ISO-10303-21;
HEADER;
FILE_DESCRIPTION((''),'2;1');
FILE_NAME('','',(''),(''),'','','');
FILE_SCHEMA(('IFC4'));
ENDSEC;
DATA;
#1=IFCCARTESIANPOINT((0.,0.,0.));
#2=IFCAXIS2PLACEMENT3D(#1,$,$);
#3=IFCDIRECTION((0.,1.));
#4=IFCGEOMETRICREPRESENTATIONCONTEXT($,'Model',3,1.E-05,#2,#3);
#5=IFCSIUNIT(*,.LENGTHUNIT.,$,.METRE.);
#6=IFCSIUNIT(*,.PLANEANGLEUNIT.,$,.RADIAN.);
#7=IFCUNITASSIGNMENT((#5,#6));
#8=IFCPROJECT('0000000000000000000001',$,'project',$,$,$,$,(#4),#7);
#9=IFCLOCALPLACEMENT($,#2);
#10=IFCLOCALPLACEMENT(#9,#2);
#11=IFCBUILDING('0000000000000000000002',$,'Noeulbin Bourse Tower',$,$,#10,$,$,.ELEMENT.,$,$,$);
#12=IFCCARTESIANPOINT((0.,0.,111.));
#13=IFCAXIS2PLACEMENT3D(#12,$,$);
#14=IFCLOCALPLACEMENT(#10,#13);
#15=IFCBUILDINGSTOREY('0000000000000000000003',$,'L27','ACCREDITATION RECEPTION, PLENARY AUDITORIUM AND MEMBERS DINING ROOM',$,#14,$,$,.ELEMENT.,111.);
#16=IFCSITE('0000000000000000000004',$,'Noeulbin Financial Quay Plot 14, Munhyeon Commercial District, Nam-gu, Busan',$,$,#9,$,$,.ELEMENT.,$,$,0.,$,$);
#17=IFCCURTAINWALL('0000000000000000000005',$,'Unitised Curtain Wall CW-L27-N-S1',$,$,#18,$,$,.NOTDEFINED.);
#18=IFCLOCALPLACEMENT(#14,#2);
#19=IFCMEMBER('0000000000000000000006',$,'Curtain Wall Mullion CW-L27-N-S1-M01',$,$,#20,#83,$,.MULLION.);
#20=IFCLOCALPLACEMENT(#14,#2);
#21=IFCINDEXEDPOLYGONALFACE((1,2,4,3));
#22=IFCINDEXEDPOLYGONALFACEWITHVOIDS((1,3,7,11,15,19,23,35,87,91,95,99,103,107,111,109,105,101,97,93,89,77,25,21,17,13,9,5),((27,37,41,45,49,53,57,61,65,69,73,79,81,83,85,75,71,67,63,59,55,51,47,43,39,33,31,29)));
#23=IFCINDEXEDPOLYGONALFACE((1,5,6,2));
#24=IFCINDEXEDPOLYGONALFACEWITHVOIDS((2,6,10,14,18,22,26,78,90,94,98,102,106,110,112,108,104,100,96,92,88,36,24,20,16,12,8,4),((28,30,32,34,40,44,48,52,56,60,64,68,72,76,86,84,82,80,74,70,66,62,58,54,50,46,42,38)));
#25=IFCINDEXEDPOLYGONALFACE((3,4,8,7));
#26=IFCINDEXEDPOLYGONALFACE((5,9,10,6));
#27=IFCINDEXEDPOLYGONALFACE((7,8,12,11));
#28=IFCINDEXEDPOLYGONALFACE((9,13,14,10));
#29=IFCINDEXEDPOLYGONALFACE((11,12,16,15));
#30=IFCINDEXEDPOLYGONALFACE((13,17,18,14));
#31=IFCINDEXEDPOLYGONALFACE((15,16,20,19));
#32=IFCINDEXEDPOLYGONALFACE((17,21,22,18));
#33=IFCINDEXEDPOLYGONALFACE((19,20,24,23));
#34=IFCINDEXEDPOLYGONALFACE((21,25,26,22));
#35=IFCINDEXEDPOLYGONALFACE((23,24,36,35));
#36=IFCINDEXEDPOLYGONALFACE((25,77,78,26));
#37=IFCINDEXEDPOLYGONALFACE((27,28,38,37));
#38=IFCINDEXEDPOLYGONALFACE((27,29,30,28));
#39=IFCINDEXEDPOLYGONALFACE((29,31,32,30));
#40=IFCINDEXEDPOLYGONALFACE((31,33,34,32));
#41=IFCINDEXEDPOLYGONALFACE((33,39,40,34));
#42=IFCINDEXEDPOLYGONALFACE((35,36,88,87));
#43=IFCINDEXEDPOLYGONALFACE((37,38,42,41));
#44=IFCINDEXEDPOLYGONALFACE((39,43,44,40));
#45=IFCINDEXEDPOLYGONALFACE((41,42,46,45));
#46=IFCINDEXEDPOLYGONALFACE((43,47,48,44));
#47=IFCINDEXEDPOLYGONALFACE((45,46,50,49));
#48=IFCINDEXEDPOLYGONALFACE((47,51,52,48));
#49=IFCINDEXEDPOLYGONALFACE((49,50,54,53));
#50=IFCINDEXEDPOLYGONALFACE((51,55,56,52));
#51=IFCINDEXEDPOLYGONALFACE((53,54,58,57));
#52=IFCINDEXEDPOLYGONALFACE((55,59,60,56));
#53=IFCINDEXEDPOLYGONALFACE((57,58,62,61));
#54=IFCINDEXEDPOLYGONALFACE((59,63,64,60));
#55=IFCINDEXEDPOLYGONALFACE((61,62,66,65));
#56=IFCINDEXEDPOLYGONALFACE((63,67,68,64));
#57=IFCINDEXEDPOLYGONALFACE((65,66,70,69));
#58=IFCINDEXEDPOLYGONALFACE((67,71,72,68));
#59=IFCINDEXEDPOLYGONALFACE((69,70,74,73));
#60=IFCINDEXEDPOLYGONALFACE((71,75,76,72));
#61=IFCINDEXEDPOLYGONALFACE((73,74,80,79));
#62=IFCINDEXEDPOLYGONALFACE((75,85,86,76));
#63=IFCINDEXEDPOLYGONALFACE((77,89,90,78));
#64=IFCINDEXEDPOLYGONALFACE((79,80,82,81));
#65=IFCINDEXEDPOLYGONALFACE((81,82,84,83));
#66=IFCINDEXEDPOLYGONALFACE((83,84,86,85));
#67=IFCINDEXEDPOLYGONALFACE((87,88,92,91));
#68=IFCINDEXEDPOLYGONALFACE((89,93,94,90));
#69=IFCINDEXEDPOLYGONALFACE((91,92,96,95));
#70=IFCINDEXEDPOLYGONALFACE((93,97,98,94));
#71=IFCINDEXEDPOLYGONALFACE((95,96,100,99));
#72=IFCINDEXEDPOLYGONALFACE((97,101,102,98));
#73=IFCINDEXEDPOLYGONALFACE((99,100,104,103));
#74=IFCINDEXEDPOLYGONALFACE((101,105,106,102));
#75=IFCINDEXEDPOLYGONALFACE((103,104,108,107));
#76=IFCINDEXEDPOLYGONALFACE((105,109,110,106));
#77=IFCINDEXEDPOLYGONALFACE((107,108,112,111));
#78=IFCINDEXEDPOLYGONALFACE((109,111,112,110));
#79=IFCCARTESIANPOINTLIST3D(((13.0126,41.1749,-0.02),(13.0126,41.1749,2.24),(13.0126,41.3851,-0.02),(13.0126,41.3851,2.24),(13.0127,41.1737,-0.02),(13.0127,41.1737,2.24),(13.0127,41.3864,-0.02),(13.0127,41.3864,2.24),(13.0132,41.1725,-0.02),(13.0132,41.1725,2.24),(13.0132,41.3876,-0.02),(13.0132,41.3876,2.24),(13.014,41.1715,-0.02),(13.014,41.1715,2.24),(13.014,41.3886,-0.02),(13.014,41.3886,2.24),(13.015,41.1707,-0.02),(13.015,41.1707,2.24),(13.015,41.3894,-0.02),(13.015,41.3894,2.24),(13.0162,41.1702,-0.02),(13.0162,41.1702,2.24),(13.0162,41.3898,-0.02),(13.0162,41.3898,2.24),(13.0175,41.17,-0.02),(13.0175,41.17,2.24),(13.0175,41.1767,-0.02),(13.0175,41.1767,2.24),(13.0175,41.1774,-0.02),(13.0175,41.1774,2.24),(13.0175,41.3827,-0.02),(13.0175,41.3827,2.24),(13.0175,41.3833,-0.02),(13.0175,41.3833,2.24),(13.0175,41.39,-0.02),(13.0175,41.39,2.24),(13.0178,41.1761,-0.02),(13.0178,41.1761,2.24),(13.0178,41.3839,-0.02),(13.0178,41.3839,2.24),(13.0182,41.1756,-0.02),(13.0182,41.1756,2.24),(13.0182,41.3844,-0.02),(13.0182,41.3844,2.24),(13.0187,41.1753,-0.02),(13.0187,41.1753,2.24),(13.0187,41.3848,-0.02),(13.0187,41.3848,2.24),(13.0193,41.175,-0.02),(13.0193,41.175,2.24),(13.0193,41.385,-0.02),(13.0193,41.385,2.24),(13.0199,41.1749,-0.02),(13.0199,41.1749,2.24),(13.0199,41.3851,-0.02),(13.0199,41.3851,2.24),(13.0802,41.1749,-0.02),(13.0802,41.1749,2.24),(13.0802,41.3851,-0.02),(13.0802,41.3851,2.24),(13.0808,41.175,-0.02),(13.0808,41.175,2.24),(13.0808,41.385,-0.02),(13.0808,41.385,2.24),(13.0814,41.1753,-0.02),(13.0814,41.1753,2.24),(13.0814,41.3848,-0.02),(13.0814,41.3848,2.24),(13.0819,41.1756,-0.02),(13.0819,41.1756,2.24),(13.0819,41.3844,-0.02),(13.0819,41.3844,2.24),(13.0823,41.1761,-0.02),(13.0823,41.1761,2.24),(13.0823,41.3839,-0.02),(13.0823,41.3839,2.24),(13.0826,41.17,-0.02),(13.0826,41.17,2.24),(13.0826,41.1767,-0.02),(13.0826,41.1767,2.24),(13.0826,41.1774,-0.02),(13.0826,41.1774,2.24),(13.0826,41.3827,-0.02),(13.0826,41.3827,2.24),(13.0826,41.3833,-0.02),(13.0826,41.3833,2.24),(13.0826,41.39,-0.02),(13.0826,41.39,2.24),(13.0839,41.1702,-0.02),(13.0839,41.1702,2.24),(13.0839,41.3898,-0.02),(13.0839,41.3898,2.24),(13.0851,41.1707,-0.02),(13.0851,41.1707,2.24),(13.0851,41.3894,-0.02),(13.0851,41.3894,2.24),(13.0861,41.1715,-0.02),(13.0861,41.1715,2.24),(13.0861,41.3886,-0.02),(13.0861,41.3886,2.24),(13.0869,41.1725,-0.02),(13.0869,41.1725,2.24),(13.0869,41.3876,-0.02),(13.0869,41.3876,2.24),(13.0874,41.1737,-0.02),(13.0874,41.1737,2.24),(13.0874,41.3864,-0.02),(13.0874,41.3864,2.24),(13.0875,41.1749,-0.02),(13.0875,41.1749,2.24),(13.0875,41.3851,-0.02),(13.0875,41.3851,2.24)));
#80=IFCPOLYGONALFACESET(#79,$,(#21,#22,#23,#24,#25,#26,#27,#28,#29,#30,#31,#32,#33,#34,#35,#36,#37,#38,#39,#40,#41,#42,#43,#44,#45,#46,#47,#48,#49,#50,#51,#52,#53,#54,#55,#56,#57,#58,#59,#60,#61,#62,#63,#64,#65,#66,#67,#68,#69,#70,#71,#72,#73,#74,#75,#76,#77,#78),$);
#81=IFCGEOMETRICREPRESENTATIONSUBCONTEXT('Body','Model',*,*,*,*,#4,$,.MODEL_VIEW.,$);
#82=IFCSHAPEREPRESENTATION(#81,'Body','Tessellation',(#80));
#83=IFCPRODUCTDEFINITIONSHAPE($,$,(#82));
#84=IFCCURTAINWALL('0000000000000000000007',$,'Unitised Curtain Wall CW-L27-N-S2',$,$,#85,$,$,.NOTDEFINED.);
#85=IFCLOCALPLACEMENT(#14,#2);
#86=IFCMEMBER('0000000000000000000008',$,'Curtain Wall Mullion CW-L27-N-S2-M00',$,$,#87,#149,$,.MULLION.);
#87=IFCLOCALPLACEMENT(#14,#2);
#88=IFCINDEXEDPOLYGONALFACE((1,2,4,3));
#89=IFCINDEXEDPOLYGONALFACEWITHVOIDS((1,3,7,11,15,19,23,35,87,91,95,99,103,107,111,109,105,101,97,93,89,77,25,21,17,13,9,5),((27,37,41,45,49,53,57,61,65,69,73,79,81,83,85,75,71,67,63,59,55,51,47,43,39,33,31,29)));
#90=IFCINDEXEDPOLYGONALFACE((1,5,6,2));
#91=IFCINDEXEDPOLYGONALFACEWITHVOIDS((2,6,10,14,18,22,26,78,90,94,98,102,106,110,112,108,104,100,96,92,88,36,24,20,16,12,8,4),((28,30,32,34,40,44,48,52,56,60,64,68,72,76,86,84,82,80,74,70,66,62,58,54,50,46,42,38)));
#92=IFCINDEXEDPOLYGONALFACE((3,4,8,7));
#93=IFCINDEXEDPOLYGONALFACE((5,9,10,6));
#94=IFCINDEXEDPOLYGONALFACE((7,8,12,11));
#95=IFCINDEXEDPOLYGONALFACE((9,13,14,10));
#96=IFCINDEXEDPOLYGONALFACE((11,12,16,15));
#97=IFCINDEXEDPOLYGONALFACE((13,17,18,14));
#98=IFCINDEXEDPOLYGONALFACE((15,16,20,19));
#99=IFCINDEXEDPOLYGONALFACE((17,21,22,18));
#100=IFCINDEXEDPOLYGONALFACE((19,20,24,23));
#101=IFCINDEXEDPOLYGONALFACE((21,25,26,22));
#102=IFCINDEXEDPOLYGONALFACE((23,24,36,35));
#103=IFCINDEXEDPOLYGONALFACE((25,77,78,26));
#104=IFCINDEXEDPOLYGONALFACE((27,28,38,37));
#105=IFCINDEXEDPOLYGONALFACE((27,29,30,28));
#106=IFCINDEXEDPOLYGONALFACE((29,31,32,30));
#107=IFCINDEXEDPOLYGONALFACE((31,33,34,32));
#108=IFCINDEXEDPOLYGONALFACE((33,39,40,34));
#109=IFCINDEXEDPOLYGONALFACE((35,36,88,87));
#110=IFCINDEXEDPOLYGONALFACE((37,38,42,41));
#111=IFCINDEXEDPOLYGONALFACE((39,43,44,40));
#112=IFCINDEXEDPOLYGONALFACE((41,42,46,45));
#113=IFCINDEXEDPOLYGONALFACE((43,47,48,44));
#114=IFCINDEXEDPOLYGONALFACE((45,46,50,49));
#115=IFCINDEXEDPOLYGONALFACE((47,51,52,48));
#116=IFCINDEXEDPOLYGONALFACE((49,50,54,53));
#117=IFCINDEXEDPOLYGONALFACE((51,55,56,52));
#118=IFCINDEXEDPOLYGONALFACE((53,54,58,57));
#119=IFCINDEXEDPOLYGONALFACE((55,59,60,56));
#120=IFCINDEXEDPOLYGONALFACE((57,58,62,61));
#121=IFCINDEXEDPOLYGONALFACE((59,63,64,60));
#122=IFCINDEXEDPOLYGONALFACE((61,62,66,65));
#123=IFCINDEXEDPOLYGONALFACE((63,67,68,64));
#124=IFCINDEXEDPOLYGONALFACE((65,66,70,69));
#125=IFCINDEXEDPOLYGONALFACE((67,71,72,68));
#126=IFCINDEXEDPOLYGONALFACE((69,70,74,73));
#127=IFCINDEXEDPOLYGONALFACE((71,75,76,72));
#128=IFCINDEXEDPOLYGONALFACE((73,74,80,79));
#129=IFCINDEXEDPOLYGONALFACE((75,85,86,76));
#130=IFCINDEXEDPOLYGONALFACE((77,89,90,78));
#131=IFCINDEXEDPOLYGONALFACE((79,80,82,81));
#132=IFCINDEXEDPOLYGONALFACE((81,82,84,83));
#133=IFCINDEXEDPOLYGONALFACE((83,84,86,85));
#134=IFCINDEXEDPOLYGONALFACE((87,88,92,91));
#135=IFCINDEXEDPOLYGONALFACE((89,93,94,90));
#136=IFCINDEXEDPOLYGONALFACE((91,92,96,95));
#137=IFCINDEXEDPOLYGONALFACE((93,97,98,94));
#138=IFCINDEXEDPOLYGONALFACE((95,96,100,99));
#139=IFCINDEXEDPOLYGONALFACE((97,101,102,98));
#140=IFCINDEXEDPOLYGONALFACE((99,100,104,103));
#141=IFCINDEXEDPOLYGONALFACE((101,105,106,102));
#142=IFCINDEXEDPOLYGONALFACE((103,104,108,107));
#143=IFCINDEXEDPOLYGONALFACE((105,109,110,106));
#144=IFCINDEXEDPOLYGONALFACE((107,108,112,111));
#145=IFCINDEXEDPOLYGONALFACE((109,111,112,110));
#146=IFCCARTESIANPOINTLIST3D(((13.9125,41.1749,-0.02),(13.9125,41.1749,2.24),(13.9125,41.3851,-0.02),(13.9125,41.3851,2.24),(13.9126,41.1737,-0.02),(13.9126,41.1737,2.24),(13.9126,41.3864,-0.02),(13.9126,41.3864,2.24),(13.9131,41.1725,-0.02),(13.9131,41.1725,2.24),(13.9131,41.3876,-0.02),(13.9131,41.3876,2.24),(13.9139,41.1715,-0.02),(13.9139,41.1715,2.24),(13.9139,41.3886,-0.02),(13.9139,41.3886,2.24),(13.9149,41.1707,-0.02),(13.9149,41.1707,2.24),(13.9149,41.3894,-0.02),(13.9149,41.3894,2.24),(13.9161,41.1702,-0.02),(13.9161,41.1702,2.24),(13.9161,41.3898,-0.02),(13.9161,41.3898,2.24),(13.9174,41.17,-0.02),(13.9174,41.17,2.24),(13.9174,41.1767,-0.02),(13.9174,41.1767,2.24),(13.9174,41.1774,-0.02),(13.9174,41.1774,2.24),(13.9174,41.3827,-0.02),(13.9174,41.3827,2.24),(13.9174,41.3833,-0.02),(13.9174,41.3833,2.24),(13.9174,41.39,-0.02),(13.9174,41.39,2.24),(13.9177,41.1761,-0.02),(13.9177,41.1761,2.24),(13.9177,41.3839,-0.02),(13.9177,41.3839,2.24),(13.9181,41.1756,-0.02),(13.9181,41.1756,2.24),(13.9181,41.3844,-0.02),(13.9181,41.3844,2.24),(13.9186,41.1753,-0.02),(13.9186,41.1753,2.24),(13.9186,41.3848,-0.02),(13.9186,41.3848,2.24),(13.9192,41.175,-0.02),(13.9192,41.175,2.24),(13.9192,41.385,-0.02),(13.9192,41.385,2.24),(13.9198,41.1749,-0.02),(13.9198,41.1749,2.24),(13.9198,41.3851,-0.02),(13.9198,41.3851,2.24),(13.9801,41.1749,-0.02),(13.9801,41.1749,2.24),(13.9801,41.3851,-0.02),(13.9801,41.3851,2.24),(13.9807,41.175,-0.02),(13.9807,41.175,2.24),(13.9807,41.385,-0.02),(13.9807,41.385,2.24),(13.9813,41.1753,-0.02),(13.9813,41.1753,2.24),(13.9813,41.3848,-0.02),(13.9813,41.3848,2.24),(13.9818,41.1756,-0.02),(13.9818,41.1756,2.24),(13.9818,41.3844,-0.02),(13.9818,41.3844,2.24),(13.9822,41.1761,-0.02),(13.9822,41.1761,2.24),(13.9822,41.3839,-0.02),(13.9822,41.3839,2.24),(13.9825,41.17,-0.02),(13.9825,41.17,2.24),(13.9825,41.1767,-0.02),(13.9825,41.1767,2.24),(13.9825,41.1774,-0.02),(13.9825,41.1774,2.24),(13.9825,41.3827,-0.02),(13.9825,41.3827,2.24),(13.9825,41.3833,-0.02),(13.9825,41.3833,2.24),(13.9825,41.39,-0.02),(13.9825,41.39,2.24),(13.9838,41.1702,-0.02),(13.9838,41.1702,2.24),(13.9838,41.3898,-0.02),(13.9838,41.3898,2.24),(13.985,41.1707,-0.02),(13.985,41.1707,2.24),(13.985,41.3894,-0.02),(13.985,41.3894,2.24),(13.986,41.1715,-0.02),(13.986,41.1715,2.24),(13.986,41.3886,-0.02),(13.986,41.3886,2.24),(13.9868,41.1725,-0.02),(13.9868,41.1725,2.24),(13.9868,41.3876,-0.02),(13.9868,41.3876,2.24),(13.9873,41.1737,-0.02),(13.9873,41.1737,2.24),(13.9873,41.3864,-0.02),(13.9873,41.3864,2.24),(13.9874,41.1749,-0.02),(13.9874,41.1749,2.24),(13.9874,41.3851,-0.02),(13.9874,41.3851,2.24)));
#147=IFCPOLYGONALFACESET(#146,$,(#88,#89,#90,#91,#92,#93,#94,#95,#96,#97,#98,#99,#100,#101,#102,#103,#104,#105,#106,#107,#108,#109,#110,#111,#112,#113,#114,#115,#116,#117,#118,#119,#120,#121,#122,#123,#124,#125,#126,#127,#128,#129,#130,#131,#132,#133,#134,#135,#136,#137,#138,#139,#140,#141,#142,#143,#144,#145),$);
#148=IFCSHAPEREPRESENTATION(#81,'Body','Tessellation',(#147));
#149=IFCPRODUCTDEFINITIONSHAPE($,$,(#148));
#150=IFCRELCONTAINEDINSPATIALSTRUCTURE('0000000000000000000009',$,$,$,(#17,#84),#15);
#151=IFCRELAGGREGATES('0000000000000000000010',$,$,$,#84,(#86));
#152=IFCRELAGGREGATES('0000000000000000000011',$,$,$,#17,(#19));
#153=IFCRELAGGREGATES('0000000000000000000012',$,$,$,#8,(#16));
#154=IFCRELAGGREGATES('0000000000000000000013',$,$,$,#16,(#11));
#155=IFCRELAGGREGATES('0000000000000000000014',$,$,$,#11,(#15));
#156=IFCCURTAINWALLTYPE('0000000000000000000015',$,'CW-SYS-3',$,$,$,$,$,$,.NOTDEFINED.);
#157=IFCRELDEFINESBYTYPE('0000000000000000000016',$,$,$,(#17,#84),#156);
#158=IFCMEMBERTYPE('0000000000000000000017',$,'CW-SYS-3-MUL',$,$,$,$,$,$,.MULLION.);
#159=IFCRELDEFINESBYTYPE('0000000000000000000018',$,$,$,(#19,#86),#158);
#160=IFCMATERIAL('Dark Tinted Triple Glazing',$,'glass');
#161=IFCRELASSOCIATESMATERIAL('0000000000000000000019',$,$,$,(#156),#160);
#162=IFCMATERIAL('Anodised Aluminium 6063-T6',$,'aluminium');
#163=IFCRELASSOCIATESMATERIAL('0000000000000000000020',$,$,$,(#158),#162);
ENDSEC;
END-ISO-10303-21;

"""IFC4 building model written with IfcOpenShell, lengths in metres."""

from ifc_helpers import new_model, si_unit, direction, frame, origin, origin_2d, place, context, subcontext, project, spatial, hollow_rectangle, extrude, material, material_profile, profile_set, type_object, element, aggregate, save


model = new_model("IFC4")

# Units and contexts
model_context = context("Model", 3, precision=1e-05, world=origin(), true_north=direction((0.0, 1.0)))
body_context = subcontext(model_context, "Body", "Model", "MODEL_VIEW")
ifc_project = project(units=[si_unit("LENGTHUNIT", "METRE"), si_unit("PLANEANGLEUNIT", "RADIAN")], contexts=[model_context])

# Site, building, storey
site_placement = place(None, origin())
site = spatial("IfcSite", under=ifc_project, at=site_placement, Name="Noeulbin Financial Quay Plot 14, Munhyeon Commercial District, Nam-gu, Busan", CompositionType="ELEMENT", RefElevation=0.0)
building_placement = place(site_placement, origin())
building = spatial("IfcBuilding", under=site, at=building_placement, Name="Noeulbin Bourse Tower", CompositionType="ELEMENT")
storey_placement = place(building_placement, frame((0.0, 0.0, 111.0)))
storey = spatial("IfcBuildingStorey", under=building, at=storey_placement, Name="L27", Description="ACCREDITATION RECEPTION, PLENARY AUDITORIUM AND MEMBERS DINING ROOM", CompositionType="ELEMENT", Elevation=111.0)

# Curtain wall, member
ifc_material_1 = material(Name="Dark Tinted Triple Glazing", Category="glass")
curtain_wall_type = type_object("IfcCurtainWallType", Name="CW-SYS-3", PredefinedType="NOTDEFINED", material=ifc_material_1)
curtain_wall_1_placement = place(storey_placement, origin())
curtain_wall_1 = element("IfcCurtainWall", 1, at=curtain_wall_1_placement, inside=storey, type_object=curtain_wall_type, Name="Unitised Curtain Wall CW-L27-N-S1", PredefinedType="NOTDEFINED")
ifc_material_2 = material(Name="Anodised Aluminium 6063-T6", Category="aluminium")
ifc_material_profile_1 = material_profile(ifc_material_2, hollow_rectangle(XDim=0.075, YDim=0.22, WallThickness=0.0049, InnerFilletRadius=0.0024, OuterFilletRadius=0.0049, at=origin_2d()), Name="ALU-MULL-75x220x5", Category="LoadBearing")
ifc_profile_set_1 = profile_set([ifc_material_profile_1], Name="Anodised Aluminium 6063-T6")
member_type_1 = type_object("IfcMemberType", Name="CW-SYS-3-MUL", PredefinedType="MULLION", material=ifc_profile_set_1)
member_1_placement = place(storey_placement, frame((13.05, 41.28, -0.02), z_axis=(0.0, 0.0, 1.0), x_axis=(1.0, 0.0, 0.0)))
member_1 = element("IfcMember", 2, at=member_1_placement, type_object=member_type_1, Name="Curtain Wall Mullion CW-L27-N-S1-M01", PredefinedType="MULLION", context=body_context, shape_type="SweptSolid", body=[
    extrude(hollow_rectangle(XDim=0.075, YDim=0.22, WallThickness=0.0049, InnerFilletRadius=0.0024, OuterFilletRadius=0.0049, at=origin_2d()), origin(), (0.0, 0.0, 1.0), 2.26),
])

# Curtain wall, member
curtain_wall_2_placement = place(storey_placement, origin())
curtain_wall_2 = element("IfcCurtainWall", 3, at=curtain_wall_2_placement, inside=storey, type_object=curtain_wall_type, Name="Unitised Curtain Wall CW-L27-N-S2", PredefinedType="NOTDEFINED")
member_2_placement = place(storey_placement, frame((13.95, 41.28, -0.02), z_axis=(0.0, 0.0, 1.0), x_axis=(1.0, 0.0, 0.0)))
member_2 = element("IfcMember", 4, at=member_2_placement, type_object=member_type_1, Name="Curtain Wall Mullion CW-L27-N-S2-M00", PredefinedType="MULLION", context=body_context, shape_type="SweptSolid", body=[
    extrude(hollow_rectangle(XDim=0.075, YDim=0.22, WallThickness=0.0049, InnerFilletRadius=0.0024, OuterFilletRadius=0.0049, at=origin_2d()), origin(), (0.0, 0.0, 1.0), 2.26),
])

aggregate(curtain_wall_2, [member_2])

aggregate(curtain_wall_1, [member_1])

save(model, "model.ifc")
